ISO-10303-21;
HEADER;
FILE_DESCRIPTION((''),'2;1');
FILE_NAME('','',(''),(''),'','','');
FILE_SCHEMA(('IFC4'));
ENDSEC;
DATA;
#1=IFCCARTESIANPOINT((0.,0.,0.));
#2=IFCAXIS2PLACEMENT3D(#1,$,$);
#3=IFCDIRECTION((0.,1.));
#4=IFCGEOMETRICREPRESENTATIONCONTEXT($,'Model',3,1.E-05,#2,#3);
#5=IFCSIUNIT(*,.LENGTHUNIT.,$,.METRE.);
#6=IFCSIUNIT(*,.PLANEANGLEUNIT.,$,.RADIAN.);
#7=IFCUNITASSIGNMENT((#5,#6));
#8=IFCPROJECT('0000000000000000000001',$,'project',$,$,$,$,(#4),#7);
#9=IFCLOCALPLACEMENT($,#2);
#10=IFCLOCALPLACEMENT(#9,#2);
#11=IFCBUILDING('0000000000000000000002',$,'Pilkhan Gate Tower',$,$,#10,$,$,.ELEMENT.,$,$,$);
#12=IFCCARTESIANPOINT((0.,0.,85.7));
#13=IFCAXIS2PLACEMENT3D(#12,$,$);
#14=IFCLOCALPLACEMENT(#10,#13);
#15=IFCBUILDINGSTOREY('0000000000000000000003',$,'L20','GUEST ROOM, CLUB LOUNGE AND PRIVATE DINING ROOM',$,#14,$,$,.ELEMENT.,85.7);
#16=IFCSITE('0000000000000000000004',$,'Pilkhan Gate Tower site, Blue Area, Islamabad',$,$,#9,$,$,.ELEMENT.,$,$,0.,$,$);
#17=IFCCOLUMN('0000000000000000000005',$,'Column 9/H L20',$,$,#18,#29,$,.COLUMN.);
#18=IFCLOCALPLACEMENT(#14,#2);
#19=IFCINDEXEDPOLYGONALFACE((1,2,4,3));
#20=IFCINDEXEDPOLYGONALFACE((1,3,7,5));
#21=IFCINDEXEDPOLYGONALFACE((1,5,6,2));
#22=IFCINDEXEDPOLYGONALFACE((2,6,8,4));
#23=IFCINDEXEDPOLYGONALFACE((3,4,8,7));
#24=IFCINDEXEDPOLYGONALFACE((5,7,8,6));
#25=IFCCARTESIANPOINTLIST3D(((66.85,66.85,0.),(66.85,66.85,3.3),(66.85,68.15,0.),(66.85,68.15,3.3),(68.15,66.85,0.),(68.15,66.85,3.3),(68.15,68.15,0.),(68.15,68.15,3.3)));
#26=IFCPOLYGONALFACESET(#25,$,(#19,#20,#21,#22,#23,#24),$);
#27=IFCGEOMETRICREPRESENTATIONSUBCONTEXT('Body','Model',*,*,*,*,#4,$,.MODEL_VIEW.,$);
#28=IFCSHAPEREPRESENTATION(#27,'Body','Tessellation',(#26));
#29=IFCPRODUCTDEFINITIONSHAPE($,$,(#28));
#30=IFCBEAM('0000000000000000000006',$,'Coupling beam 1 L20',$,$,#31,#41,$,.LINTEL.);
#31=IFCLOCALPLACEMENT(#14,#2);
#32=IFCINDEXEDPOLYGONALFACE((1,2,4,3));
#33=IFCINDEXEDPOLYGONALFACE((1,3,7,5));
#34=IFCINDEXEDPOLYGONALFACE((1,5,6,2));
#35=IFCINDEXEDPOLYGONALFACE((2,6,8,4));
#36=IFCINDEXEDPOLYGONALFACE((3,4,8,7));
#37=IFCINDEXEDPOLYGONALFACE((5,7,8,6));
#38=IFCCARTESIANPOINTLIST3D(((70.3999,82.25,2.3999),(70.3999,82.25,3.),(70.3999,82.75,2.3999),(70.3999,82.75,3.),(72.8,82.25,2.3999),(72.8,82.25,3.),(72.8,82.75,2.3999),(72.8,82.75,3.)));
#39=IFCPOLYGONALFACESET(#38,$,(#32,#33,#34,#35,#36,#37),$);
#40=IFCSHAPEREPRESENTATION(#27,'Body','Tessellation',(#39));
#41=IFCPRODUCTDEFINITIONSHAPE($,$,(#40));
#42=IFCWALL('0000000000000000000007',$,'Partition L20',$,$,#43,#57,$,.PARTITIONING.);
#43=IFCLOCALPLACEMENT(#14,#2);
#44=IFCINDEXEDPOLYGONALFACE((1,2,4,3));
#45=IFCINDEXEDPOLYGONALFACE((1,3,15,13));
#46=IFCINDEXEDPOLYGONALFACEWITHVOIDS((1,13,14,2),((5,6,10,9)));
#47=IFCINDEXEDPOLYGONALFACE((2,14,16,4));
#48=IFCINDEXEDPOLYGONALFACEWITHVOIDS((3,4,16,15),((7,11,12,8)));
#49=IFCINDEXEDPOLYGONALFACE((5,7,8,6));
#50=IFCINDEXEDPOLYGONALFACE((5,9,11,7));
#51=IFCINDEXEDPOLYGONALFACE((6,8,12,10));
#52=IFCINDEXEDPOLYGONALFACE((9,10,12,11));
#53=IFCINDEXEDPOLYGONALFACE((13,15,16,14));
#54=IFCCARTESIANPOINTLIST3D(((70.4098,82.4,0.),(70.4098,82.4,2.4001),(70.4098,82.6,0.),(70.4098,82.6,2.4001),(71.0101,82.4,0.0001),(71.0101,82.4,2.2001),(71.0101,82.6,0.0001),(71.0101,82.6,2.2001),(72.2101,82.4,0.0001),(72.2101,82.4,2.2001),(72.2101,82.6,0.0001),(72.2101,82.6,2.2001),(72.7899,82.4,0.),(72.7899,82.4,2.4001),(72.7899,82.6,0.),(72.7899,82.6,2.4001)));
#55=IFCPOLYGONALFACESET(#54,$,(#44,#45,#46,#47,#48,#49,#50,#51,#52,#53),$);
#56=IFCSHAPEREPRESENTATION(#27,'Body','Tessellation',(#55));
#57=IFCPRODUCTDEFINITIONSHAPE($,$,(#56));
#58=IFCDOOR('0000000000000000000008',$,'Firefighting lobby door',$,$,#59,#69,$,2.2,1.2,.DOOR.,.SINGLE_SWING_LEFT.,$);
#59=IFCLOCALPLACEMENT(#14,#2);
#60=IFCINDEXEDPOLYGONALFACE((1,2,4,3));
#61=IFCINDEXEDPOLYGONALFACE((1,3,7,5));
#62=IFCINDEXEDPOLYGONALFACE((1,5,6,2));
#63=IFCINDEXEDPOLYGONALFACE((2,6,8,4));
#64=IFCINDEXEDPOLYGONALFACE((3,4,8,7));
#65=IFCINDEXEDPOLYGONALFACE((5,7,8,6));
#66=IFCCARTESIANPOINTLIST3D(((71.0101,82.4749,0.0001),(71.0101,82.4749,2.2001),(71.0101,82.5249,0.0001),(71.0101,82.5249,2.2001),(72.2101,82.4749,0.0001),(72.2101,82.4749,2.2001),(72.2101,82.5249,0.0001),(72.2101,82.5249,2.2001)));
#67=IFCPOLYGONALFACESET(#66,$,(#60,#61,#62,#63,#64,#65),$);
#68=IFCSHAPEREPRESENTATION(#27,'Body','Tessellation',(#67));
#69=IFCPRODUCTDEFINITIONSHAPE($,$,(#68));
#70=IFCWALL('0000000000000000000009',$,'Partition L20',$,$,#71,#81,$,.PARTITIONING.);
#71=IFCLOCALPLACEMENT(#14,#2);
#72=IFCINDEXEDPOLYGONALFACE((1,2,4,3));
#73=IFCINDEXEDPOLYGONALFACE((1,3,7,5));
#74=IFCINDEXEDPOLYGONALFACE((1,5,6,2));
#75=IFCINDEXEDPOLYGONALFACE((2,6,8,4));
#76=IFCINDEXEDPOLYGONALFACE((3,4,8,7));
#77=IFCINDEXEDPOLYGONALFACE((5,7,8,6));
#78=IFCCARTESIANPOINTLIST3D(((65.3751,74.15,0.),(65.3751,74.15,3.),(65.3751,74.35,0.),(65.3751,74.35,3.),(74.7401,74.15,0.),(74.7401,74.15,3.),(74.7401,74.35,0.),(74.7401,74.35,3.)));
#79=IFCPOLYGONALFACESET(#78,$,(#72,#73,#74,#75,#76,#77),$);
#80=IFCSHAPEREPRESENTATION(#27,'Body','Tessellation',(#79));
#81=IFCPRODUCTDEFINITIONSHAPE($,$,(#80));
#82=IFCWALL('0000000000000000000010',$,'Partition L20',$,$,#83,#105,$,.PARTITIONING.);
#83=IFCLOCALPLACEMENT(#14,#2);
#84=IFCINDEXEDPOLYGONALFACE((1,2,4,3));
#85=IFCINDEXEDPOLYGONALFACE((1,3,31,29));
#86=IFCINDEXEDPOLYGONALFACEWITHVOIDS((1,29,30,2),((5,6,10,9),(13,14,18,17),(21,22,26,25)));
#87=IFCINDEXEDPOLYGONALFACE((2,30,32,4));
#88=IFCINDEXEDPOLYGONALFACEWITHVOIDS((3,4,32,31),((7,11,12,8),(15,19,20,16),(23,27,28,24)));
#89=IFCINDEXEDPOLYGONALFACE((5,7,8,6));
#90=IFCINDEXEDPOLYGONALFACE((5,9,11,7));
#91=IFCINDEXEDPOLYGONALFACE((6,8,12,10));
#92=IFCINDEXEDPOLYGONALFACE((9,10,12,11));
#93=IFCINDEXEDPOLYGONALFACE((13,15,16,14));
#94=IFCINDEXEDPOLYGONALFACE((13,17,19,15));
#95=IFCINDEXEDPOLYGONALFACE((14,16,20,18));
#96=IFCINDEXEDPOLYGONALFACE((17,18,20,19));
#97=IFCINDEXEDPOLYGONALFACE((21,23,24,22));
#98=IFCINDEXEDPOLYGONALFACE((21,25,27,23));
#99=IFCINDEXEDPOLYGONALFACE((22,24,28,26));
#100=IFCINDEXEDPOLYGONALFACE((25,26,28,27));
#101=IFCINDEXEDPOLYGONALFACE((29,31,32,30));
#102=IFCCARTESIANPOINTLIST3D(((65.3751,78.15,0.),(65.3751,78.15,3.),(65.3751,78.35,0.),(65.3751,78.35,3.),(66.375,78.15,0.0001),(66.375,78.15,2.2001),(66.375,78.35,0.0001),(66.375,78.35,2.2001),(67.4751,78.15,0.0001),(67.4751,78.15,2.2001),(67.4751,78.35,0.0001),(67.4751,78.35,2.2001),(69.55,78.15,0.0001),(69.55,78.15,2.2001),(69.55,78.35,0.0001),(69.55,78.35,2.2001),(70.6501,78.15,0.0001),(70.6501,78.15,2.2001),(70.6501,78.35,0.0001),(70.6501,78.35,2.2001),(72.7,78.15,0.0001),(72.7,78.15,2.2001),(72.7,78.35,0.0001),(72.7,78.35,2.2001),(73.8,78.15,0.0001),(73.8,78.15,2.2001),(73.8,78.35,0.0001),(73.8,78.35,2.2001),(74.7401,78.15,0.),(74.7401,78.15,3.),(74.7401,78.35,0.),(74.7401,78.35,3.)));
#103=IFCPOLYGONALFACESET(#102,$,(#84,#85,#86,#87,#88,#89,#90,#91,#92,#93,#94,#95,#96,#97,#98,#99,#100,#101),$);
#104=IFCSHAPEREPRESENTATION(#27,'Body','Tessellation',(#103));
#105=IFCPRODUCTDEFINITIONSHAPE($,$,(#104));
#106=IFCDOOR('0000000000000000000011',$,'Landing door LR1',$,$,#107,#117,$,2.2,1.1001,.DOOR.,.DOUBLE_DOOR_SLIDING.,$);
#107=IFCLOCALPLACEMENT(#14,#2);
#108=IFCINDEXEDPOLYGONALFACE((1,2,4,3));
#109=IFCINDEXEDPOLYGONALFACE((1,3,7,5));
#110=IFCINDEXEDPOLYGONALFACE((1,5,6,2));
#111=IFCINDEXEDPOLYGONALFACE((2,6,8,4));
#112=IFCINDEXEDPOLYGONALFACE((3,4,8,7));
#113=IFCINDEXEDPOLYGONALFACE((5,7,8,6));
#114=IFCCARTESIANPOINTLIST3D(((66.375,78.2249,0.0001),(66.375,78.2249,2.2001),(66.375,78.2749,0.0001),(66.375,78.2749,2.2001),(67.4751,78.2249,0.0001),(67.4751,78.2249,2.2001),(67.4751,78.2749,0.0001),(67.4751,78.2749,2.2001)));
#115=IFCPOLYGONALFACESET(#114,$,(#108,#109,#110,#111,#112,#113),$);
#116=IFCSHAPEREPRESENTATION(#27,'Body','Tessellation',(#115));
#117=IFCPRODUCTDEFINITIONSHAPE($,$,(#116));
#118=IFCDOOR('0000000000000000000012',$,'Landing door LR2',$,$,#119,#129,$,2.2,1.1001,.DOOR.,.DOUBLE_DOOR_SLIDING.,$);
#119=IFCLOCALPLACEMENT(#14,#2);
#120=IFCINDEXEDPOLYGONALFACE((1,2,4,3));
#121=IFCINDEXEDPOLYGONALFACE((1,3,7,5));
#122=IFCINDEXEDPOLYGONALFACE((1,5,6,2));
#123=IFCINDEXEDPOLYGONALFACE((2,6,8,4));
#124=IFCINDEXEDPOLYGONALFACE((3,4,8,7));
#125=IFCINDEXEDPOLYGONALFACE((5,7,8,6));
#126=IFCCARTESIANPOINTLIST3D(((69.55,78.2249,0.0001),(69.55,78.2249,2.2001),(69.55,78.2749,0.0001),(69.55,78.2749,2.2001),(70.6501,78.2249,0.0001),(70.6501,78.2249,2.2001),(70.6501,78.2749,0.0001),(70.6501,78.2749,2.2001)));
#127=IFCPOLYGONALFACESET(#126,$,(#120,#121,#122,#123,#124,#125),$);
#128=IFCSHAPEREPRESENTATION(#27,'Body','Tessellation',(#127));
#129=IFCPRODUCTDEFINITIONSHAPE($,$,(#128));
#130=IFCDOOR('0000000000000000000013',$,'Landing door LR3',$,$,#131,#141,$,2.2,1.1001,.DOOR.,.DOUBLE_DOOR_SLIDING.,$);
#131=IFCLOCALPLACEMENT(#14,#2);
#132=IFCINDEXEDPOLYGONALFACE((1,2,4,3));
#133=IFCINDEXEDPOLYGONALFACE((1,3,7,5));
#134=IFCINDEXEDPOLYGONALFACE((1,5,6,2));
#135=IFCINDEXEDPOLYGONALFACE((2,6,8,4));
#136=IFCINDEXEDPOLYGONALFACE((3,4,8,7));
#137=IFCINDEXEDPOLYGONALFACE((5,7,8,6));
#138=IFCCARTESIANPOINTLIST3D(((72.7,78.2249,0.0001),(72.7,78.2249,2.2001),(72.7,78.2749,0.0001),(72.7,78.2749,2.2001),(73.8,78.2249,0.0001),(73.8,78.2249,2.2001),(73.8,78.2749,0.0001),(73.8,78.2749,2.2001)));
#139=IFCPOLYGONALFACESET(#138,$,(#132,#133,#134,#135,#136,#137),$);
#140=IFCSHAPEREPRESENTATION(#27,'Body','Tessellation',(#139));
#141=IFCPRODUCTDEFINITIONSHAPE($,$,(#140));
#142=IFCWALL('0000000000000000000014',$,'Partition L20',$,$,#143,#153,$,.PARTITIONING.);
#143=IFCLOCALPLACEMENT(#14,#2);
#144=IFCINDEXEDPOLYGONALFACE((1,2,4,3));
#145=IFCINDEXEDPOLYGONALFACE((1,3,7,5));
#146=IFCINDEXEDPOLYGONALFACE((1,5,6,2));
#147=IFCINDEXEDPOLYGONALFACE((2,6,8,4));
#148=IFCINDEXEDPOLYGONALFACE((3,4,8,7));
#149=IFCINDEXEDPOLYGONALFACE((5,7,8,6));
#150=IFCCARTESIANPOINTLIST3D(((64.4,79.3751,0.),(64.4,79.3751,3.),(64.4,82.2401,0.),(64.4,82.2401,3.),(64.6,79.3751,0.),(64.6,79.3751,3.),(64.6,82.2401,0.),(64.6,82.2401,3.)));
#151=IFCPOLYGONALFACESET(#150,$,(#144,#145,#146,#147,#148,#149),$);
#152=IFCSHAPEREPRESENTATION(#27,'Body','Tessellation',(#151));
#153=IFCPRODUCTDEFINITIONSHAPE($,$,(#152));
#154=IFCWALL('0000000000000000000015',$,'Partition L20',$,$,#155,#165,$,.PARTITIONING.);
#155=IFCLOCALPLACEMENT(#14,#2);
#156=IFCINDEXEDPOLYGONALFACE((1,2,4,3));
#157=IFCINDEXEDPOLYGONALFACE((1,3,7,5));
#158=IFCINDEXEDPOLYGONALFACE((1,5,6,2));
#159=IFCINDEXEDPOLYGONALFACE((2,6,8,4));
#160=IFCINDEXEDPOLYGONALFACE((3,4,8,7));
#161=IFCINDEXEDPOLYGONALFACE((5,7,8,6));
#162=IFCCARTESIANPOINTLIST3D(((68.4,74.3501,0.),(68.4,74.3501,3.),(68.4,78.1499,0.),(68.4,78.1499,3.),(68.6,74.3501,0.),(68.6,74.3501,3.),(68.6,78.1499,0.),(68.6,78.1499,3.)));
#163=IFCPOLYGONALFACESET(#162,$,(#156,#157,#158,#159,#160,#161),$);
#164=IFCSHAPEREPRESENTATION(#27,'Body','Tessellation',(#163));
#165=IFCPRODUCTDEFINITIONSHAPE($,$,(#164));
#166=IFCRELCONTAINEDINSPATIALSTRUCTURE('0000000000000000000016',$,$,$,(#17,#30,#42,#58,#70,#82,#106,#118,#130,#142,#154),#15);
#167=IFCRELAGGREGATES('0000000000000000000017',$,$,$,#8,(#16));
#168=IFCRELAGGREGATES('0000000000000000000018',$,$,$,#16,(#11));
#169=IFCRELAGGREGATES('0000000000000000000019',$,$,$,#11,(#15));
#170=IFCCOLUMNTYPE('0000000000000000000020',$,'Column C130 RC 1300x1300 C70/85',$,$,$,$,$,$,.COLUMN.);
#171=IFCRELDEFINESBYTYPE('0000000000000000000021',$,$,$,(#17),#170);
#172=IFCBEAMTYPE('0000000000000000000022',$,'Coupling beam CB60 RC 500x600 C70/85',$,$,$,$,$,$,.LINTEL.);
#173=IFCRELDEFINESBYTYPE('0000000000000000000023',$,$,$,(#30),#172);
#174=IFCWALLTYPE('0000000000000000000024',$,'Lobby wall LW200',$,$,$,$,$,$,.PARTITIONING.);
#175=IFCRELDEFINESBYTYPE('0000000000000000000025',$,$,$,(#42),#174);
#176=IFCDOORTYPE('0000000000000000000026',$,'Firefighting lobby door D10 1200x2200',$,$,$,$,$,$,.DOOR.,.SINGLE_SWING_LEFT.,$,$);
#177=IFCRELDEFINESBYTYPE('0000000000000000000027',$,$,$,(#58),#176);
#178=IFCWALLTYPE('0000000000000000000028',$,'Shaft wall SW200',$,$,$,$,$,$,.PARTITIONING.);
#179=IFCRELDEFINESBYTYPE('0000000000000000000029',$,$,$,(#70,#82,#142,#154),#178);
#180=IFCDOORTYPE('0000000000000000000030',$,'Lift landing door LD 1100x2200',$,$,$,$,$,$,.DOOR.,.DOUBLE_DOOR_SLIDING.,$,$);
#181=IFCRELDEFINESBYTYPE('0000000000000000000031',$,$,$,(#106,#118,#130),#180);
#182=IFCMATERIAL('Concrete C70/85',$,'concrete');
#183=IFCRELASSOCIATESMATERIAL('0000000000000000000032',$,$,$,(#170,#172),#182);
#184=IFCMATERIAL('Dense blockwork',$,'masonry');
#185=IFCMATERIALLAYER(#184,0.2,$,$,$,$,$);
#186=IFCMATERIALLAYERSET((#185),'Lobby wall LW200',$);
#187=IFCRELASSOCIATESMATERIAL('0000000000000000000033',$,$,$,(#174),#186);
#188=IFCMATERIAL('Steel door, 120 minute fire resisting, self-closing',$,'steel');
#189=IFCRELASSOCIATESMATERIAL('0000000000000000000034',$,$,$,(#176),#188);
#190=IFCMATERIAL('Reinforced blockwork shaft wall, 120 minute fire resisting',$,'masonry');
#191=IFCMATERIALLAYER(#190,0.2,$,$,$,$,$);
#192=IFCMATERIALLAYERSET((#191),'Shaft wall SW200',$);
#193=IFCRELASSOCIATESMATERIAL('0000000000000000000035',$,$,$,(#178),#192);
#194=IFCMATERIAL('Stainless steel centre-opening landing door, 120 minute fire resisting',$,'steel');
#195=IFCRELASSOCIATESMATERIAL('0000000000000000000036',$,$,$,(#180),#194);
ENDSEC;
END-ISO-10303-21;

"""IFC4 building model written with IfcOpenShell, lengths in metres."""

from ifc_helpers import new_model, si_unit, direction, frame, frame_2d, origin, origin_2d, place, context, subcontext, project, spatial, rectangle, extrude, material, layer, layer_set, material_profile, profile_set, type_object, element, fill, save


model = new_model("IFC4")

# Units and contexts
model_context = context("Model", 3, precision=1e-05, world=origin(), true_north=direction((0.0, 1.0)))
body_context = subcontext(model_context, "Body", "Model", "MODEL_VIEW")
ifc_project = project(units=[si_unit("LENGTHUNIT", "METRE"), si_unit("PLANEANGLEUNIT", "RADIAN")], contexts=[model_context])

# Site, building, storey
site_placement = place(None, origin())
site = spatial("IfcSite", under=ifc_project, at=site_placement, Name="Pilkhan Gate Tower site, Blue Area, Islamabad", CompositionType="ELEMENT", RefElevation=0.0)
building_placement = place(site_placement, origin())
building = spatial("IfcBuilding", under=site, at=building_placement, Name="Pilkhan Gate Tower", CompositionType="ELEMENT")
storey_placement = place(building_placement, frame((0.0, 0.0, 85.7)))
storey = spatial("IfcBuildingStorey", under=building, at=storey_placement, Name="L20", Description="GUEST ROOM, CLUB LOUNGE AND PRIVATE DINING ROOM", CompositionType="ELEMENT", Elevation=85.7)

# Column
ifc_material_1 = material(Name="Concrete C70/85", Category="concrete")
ifc_material_profile_1 = material_profile(ifc_material_1, rectangle(XDim=1.3, YDim=1.3, at=origin_2d()), Name="RC 1300x1300")
ifc_profile_set_1 = profile_set([ifc_material_profile_1], Name="Concrete C70/85")
column_type = type_object("IfcColumnType", Name="Column C130 RC 1300x1300 C70/85", PredefinedType="COLUMN", material=ifc_profile_set_1)
column_placement = place(storey_placement, frame((67.5, 67.5, 0.0), z_axis=(0.0, 0.0, 1.0), x_axis=(1.0, 0.0, 0.0)))
element("IfcColumn", 1, at=column_placement, inside=storey, type_object=column_type, Name="Column 9/H L20", PredefinedType="COLUMN", context=body_context, shape_type="SweptSolid", body=[
    extrude(rectangle(XDim=1.3, YDim=1.3, at=origin_2d()), origin(), (0.0, 0.0, 1.0), 3.3),
])

# Beam
ifc_material_profile_2 = material_profile(ifc_material_1, rectangle(XDim=0.5, YDim=0.6001, at=origin_2d()), Name="RC 500x600")
ifc_profile_set_2 = profile_set([ifc_material_profile_2], Name="Concrete C70/85")
beam_type = type_object("IfcBeamType", Name="Coupling beam CB60 RC 500x600 C70/85", PredefinedType="LINTEL", material=ifc_profile_set_2)
beam_placement = place(storey_placement, frame((70.3999, 82.5, 2.7), z_axis=(1.0, 0.0, 0.0), x_axis=(0.0, 1.0, 0.0)))
element("IfcBeam", 2, at=beam_placement, inside=storey, type_object=beam_type, Name="Coupling beam 1 L20", PredefinedType="LINTEL", context=body_context, shape_type="SweptSolid", body=[
    extrude(rectangle(XDim=0.5, YDim=0.6001, at=origin_2d()), origin(), (0.0, 0.0, 1.0), 2.4001),
])

# Wall, opening, door
ifc_material_2 = material(Name="Dense blockwork", Category="masonry")
ifc_layer_1 = layer(ifc_material_2, 0.2)
ifc_layer_set_1 = layer_set([ifc_layer_1], Name="Lobby wall LW200")
wall_type_1 = type_object("IfcWallType", Name="Lobby wall LW200", PredefinedType="PARTITIONING", material=ifc_layer_set_1)
wall_1_placement = place(storey_placement, frame((70.4099, 82.5, 0.0), z_axis=(0.0, 0.0, 1.0), x_axis=(1.0, 0.0, 0.0)))
wall_1 = element("IfcWall", 3, at=wall_1_placement, inside=storey, type_object=wall_type_1, Name="Partition L20", PredefinedType="PARTITIONING", context=body_context, shape_type="SweptSolid", body=[
    extrude(rectangle(XDim=2.3801, YDim=0.2, at=frame_2d((1.1899, 0.0))), origin(), (0.0, 0.0, 1.0), 2.4001),
])
opening_1_placement = place(wall_1_placement, frame((0.6001, 0.0, 0.0)))
opening_1 = element("IfcOpeningElement", 4, at=opening_1_placement, cuts=wall_1, PredefinedType="OPENING", context=body_context, shape_type="SweptSolid", body=[
    extrude(rectangle(XDim=1.2, YDim=2.2, at=frame_2d((0.6001, 1.1001))), frame((0.0, 0.1099, 0.0), z_axis=(0.0, -1.0, 0.0), x_axis=(1.0, 0.0, 0.0)), (0.0, 0.0, 1.0), 0.22),
])
ifc_material_3 = material(Name="Steel door, 120 minute fire resisting, self-closing", Category="steel")
door_type_1 = type_object("IfcDoorType", Name="Firefighting lobby door D10 1200x2200", OperationType="SINGLE_SWING_LEFT", PredefinedType="DOOR", material=ifc_material_3)
door_1_placement = place(opening_1_placement, origin())
door_1 = element("IfcDoor", 5, at=door_1_placement, inside=storey, type_object=door_type_1, Name="Firefighting lobby door", OperationType="SINGLE_SWING_LEFT", OverallHeight=2.2, OverallWidth=1.2, PredefinedType="DOOR", context=body_context, shape_type="SweptSolid", body=[
    extrude(rectangle(XDim=1.2, YDim=2.2, at=frame_2d((0.6001, 1.1001))), frame((0.0, 0.0249, 0.0), z_axis=(0.0, -1.0, 0.0), x_axis=(1.0, 0.0, 0.0)), (0.0, 0.0, 1.0), 0.05),
])
fill(opening_1, door_1)

# Wall
ifc_material_4 = material(Name="Reinforced blockwork shaft wall, 120 minute fire resisting", Category="masonry")
ifc_layer_2 = layer(ifc_material_4, 0.2)
ifc_layer_set_2 = layer_set([ifc_layer_2], Name="Shaft wall SW200")
wall_type_2 = type_object("IfcWallType", Name="Shaft wall SW200", PredefinedType="PARTITIONING", material=ifc_layer_set_2)
wall_2_placement = place(storey_placement, frame((65.375, 74.25, 0.0), z_axis=(0.0, 0.0, 1.0), x_axis=(1.0, 0.0, 0.0)))
element("IfcWall", 6, at=wall_2_placement, inside=storey, type_object=wall_type_2, Name="Partition L20", PredefinedType="PARTITIONING", context=body_context, shape_type="SweptSolid", body=[
    extrude(rectangle(XDim=9.365, YDim=0.2, at=frame_2d((4.6826, 0.0))), origin(), (0.0, 0.0, 1.0), 3.0),
])

# Wall, openings, doors
wall_3_placement = place(storey_placement, frame((65.375, 78.25, 0.0), z_axis=(0.0, 0.0, 1.0), x_axis=(1.0, 0.0, 0.0)))
wall_3 = element("IfcWall", 7, at=wall_3_placement, inside=storey, type_object=wall_type_2, Name="Partition L20", PredefinedType="PARTITIONING", context=body_context, shape_type="SweptSolid", body=[
    extrude(rectangle(XDim=9.365, YDim=0.2, at=frame_2d((4.6826, 0.0))), origin(), (0.0, 0.0, 1.0), 3.0),
])
opening_2_placement = place(wall_3_placement, frame((1.0, 0.0, 0.0)))
opening_2 = element("IfcOpeningElement", 8, at=opening_2_placement, cuts=wall_3, PredefinedType="OPENING", context=body_context, shape_type="SweptSolid", body=[
    extrude(rectangle(XDim=1.1001, YDim=2.2, at=frame_2d((0.55, 1.1001))), frame((0.0, 0.1099, 0.0), z_axis=(0.0, -1.0, 0.0), x_axis=(1.0, 0.0, 0.0)), (0.0, 0.0, 1.0), 0.22),
])
opening_3_placement = place(wall_3_placement, frame((4.175, 0.0, 0.0)))
opening_3 = element("IfcOpeningElement", 9, at=opening_3_placement, cuts=wall_3, PredefinedType="OPENING", context=body_context, shape_type="SweptSolid", body=[
    extrude(rectangle(XDim=1.1001, YDim=2.2, at=frame_2d((0.55, 1.1001))), frame((0.0, 0.1099, 0.0), z_axis=(0.0, -1.0, 0.0), x_axis=(1.0, 0.0, 0.0)), (0.0, 0.0, 1.0), 0.22),
])
opening_4_placement = place(wall_3_placement, frame((7.325, 0.0, 0.0)))
opening_4 = element("IfcOpeningElement", 10, at=opening_4_placement, cuts=wall_3, PredefinedType="OPENING", context=body_context, shape_type="SweptSolid", body=[
    extrude(rectangle(XDim=1.1001, YDim=2.2, at=frame_2d((0.55, 1.1001))), frame((0.0, 0.1099, 0.0), z_axis=(0.0, -1.0, 0.0), x_axis=(1.0, 0.0, 0.0)), (0.0, 0.0, 1.0), 0.22),
])
ifc_material_5 = material(Name="Stainless steel centre-opening landing door, 120 minute fire resisting", Category="steel")
door_type_2 = type_object("IfcDoorType", Name="Lift landing door LD 1100x2200", OperationType="DOUBLE_DOOR_SLIDING", PredefinedType="DOOR", material=ifc_material_5)
door_2_placement = place(opening_2_placement, origin())
door_2 = element("IfcDoor", 11, at=door_2_placement, inside=storey, type_object=door_type_2, Name="Landing door LR1", OperationType="DOUBLE_DOOR_SLIDING", OverallHeight=2.2, OverallWidth=1.1001, PredefinedType="DOOR", context=body_context, shape_type="SweptSolid", body=[
    extrude(rectangle(XDim=1.1001, YDim=2.2, at=frame_2d((0.55, 1.1001))), frame((0.0, 0.0249, 0.0), z_axis=(0.0, -1.0, 0.0), x_axis=(1.0, 0.0, 0.0)), (0.0, 0.0, 1.0), 0.05),
])
fill(opening_2, door_2)
door_3_placement = place(opening_3_placement, origin())
door_3 = element("IfcDoor", 12, at=door_3_placement, inside=storey, type_object=door_type_2, Name="Landing door LR2", OperationType="DOUBLE_DOOR_SLIDING", OverallHeight=2.2, OverallWidth=1.1001, PredefinedType="DOOR", context=body_context, shape_type="SweptSolid", body=[
    extrude(rectangle(XDim=1.1001, YDim=2.2, at=frame_2d((0.55, 1.1001))), frame((0.0, 0.0249, 0.0), z_axis=(0.0, -1.0, 0.0), x_axis=(1.0, 0.0, 0.0)), (0.0, 0.0, 1.0), 0.05),
])
fill(opening_3, door_3)
door_4_placement = place(opening_4_placement, origin())
door_4 = element("IfcDoor", 13, at=door_4_placement, inside=storey, type_object=door_type_2, Name="Landing door LR3", OperationType="DOUBLE_DOOR_SLIDING", OverallHeight=2.2, OverallWidth=1.1001, PredefinedType="DOOR", context=body_context, shape_type="SweptSolid", body=[
    extrude(rectangle(XDim=1.1001, YDim=2.2, at=frame_2d((0.55, 1.1001))), frame((0.0, 0.0249, 0.0), z_axis=(0.0, -1.0, 0.0), x_axis=(1.0, 0.0, 0.0)), (0.0, 0.0, 1.0), 0.05),
])
fill(opening_4, door_4)

# Walls
wall_4_placement = place(storey_placement, frame((64.5, 79.375, 0.0), z_axis=(0.0, 0.0, 1.0), x_axis=(0.0, 1.0, 0.0)))
element("IfcWall", 14, at=wall_4_placement, inside=storey, type_object=wall_type_2, Name="Partition L20", PredefinedType="PARTITIONING", context=body_context, shape_type="SweptSolid", body=[
    extrude(rectangle(XDim=2.865, YDim=0.2, at=frame_2d((1.4326, 0.0))), origin(), (0.0, 0.0, 1.0), 3.0),
])
for number, where, z_axis, x_axis, name in (
    (15, (68.5, 74.3501, 0.0), (0.0, 0.0, 1.0), (0.0, 1.0, 0.0), "Partition L20"),
):
    element("IfcWall", number, at=place(storey_placement, frame(where, z_axis=z_axis, x_axis=x_axis)), inside=storey, type_object=wall_type_2, Name=name, PredefinedType="PARTITIONING", context=body_context, shape_type="SweptSolid", body=[
        extrude(rectangle(XDim=3.7998, YDim=0.2, at=frame_2d((1.8999, 0.0))), origin(), (0.0, 0.0, 1.0), 3.0),
    ])

save(model, "model.ifc")
